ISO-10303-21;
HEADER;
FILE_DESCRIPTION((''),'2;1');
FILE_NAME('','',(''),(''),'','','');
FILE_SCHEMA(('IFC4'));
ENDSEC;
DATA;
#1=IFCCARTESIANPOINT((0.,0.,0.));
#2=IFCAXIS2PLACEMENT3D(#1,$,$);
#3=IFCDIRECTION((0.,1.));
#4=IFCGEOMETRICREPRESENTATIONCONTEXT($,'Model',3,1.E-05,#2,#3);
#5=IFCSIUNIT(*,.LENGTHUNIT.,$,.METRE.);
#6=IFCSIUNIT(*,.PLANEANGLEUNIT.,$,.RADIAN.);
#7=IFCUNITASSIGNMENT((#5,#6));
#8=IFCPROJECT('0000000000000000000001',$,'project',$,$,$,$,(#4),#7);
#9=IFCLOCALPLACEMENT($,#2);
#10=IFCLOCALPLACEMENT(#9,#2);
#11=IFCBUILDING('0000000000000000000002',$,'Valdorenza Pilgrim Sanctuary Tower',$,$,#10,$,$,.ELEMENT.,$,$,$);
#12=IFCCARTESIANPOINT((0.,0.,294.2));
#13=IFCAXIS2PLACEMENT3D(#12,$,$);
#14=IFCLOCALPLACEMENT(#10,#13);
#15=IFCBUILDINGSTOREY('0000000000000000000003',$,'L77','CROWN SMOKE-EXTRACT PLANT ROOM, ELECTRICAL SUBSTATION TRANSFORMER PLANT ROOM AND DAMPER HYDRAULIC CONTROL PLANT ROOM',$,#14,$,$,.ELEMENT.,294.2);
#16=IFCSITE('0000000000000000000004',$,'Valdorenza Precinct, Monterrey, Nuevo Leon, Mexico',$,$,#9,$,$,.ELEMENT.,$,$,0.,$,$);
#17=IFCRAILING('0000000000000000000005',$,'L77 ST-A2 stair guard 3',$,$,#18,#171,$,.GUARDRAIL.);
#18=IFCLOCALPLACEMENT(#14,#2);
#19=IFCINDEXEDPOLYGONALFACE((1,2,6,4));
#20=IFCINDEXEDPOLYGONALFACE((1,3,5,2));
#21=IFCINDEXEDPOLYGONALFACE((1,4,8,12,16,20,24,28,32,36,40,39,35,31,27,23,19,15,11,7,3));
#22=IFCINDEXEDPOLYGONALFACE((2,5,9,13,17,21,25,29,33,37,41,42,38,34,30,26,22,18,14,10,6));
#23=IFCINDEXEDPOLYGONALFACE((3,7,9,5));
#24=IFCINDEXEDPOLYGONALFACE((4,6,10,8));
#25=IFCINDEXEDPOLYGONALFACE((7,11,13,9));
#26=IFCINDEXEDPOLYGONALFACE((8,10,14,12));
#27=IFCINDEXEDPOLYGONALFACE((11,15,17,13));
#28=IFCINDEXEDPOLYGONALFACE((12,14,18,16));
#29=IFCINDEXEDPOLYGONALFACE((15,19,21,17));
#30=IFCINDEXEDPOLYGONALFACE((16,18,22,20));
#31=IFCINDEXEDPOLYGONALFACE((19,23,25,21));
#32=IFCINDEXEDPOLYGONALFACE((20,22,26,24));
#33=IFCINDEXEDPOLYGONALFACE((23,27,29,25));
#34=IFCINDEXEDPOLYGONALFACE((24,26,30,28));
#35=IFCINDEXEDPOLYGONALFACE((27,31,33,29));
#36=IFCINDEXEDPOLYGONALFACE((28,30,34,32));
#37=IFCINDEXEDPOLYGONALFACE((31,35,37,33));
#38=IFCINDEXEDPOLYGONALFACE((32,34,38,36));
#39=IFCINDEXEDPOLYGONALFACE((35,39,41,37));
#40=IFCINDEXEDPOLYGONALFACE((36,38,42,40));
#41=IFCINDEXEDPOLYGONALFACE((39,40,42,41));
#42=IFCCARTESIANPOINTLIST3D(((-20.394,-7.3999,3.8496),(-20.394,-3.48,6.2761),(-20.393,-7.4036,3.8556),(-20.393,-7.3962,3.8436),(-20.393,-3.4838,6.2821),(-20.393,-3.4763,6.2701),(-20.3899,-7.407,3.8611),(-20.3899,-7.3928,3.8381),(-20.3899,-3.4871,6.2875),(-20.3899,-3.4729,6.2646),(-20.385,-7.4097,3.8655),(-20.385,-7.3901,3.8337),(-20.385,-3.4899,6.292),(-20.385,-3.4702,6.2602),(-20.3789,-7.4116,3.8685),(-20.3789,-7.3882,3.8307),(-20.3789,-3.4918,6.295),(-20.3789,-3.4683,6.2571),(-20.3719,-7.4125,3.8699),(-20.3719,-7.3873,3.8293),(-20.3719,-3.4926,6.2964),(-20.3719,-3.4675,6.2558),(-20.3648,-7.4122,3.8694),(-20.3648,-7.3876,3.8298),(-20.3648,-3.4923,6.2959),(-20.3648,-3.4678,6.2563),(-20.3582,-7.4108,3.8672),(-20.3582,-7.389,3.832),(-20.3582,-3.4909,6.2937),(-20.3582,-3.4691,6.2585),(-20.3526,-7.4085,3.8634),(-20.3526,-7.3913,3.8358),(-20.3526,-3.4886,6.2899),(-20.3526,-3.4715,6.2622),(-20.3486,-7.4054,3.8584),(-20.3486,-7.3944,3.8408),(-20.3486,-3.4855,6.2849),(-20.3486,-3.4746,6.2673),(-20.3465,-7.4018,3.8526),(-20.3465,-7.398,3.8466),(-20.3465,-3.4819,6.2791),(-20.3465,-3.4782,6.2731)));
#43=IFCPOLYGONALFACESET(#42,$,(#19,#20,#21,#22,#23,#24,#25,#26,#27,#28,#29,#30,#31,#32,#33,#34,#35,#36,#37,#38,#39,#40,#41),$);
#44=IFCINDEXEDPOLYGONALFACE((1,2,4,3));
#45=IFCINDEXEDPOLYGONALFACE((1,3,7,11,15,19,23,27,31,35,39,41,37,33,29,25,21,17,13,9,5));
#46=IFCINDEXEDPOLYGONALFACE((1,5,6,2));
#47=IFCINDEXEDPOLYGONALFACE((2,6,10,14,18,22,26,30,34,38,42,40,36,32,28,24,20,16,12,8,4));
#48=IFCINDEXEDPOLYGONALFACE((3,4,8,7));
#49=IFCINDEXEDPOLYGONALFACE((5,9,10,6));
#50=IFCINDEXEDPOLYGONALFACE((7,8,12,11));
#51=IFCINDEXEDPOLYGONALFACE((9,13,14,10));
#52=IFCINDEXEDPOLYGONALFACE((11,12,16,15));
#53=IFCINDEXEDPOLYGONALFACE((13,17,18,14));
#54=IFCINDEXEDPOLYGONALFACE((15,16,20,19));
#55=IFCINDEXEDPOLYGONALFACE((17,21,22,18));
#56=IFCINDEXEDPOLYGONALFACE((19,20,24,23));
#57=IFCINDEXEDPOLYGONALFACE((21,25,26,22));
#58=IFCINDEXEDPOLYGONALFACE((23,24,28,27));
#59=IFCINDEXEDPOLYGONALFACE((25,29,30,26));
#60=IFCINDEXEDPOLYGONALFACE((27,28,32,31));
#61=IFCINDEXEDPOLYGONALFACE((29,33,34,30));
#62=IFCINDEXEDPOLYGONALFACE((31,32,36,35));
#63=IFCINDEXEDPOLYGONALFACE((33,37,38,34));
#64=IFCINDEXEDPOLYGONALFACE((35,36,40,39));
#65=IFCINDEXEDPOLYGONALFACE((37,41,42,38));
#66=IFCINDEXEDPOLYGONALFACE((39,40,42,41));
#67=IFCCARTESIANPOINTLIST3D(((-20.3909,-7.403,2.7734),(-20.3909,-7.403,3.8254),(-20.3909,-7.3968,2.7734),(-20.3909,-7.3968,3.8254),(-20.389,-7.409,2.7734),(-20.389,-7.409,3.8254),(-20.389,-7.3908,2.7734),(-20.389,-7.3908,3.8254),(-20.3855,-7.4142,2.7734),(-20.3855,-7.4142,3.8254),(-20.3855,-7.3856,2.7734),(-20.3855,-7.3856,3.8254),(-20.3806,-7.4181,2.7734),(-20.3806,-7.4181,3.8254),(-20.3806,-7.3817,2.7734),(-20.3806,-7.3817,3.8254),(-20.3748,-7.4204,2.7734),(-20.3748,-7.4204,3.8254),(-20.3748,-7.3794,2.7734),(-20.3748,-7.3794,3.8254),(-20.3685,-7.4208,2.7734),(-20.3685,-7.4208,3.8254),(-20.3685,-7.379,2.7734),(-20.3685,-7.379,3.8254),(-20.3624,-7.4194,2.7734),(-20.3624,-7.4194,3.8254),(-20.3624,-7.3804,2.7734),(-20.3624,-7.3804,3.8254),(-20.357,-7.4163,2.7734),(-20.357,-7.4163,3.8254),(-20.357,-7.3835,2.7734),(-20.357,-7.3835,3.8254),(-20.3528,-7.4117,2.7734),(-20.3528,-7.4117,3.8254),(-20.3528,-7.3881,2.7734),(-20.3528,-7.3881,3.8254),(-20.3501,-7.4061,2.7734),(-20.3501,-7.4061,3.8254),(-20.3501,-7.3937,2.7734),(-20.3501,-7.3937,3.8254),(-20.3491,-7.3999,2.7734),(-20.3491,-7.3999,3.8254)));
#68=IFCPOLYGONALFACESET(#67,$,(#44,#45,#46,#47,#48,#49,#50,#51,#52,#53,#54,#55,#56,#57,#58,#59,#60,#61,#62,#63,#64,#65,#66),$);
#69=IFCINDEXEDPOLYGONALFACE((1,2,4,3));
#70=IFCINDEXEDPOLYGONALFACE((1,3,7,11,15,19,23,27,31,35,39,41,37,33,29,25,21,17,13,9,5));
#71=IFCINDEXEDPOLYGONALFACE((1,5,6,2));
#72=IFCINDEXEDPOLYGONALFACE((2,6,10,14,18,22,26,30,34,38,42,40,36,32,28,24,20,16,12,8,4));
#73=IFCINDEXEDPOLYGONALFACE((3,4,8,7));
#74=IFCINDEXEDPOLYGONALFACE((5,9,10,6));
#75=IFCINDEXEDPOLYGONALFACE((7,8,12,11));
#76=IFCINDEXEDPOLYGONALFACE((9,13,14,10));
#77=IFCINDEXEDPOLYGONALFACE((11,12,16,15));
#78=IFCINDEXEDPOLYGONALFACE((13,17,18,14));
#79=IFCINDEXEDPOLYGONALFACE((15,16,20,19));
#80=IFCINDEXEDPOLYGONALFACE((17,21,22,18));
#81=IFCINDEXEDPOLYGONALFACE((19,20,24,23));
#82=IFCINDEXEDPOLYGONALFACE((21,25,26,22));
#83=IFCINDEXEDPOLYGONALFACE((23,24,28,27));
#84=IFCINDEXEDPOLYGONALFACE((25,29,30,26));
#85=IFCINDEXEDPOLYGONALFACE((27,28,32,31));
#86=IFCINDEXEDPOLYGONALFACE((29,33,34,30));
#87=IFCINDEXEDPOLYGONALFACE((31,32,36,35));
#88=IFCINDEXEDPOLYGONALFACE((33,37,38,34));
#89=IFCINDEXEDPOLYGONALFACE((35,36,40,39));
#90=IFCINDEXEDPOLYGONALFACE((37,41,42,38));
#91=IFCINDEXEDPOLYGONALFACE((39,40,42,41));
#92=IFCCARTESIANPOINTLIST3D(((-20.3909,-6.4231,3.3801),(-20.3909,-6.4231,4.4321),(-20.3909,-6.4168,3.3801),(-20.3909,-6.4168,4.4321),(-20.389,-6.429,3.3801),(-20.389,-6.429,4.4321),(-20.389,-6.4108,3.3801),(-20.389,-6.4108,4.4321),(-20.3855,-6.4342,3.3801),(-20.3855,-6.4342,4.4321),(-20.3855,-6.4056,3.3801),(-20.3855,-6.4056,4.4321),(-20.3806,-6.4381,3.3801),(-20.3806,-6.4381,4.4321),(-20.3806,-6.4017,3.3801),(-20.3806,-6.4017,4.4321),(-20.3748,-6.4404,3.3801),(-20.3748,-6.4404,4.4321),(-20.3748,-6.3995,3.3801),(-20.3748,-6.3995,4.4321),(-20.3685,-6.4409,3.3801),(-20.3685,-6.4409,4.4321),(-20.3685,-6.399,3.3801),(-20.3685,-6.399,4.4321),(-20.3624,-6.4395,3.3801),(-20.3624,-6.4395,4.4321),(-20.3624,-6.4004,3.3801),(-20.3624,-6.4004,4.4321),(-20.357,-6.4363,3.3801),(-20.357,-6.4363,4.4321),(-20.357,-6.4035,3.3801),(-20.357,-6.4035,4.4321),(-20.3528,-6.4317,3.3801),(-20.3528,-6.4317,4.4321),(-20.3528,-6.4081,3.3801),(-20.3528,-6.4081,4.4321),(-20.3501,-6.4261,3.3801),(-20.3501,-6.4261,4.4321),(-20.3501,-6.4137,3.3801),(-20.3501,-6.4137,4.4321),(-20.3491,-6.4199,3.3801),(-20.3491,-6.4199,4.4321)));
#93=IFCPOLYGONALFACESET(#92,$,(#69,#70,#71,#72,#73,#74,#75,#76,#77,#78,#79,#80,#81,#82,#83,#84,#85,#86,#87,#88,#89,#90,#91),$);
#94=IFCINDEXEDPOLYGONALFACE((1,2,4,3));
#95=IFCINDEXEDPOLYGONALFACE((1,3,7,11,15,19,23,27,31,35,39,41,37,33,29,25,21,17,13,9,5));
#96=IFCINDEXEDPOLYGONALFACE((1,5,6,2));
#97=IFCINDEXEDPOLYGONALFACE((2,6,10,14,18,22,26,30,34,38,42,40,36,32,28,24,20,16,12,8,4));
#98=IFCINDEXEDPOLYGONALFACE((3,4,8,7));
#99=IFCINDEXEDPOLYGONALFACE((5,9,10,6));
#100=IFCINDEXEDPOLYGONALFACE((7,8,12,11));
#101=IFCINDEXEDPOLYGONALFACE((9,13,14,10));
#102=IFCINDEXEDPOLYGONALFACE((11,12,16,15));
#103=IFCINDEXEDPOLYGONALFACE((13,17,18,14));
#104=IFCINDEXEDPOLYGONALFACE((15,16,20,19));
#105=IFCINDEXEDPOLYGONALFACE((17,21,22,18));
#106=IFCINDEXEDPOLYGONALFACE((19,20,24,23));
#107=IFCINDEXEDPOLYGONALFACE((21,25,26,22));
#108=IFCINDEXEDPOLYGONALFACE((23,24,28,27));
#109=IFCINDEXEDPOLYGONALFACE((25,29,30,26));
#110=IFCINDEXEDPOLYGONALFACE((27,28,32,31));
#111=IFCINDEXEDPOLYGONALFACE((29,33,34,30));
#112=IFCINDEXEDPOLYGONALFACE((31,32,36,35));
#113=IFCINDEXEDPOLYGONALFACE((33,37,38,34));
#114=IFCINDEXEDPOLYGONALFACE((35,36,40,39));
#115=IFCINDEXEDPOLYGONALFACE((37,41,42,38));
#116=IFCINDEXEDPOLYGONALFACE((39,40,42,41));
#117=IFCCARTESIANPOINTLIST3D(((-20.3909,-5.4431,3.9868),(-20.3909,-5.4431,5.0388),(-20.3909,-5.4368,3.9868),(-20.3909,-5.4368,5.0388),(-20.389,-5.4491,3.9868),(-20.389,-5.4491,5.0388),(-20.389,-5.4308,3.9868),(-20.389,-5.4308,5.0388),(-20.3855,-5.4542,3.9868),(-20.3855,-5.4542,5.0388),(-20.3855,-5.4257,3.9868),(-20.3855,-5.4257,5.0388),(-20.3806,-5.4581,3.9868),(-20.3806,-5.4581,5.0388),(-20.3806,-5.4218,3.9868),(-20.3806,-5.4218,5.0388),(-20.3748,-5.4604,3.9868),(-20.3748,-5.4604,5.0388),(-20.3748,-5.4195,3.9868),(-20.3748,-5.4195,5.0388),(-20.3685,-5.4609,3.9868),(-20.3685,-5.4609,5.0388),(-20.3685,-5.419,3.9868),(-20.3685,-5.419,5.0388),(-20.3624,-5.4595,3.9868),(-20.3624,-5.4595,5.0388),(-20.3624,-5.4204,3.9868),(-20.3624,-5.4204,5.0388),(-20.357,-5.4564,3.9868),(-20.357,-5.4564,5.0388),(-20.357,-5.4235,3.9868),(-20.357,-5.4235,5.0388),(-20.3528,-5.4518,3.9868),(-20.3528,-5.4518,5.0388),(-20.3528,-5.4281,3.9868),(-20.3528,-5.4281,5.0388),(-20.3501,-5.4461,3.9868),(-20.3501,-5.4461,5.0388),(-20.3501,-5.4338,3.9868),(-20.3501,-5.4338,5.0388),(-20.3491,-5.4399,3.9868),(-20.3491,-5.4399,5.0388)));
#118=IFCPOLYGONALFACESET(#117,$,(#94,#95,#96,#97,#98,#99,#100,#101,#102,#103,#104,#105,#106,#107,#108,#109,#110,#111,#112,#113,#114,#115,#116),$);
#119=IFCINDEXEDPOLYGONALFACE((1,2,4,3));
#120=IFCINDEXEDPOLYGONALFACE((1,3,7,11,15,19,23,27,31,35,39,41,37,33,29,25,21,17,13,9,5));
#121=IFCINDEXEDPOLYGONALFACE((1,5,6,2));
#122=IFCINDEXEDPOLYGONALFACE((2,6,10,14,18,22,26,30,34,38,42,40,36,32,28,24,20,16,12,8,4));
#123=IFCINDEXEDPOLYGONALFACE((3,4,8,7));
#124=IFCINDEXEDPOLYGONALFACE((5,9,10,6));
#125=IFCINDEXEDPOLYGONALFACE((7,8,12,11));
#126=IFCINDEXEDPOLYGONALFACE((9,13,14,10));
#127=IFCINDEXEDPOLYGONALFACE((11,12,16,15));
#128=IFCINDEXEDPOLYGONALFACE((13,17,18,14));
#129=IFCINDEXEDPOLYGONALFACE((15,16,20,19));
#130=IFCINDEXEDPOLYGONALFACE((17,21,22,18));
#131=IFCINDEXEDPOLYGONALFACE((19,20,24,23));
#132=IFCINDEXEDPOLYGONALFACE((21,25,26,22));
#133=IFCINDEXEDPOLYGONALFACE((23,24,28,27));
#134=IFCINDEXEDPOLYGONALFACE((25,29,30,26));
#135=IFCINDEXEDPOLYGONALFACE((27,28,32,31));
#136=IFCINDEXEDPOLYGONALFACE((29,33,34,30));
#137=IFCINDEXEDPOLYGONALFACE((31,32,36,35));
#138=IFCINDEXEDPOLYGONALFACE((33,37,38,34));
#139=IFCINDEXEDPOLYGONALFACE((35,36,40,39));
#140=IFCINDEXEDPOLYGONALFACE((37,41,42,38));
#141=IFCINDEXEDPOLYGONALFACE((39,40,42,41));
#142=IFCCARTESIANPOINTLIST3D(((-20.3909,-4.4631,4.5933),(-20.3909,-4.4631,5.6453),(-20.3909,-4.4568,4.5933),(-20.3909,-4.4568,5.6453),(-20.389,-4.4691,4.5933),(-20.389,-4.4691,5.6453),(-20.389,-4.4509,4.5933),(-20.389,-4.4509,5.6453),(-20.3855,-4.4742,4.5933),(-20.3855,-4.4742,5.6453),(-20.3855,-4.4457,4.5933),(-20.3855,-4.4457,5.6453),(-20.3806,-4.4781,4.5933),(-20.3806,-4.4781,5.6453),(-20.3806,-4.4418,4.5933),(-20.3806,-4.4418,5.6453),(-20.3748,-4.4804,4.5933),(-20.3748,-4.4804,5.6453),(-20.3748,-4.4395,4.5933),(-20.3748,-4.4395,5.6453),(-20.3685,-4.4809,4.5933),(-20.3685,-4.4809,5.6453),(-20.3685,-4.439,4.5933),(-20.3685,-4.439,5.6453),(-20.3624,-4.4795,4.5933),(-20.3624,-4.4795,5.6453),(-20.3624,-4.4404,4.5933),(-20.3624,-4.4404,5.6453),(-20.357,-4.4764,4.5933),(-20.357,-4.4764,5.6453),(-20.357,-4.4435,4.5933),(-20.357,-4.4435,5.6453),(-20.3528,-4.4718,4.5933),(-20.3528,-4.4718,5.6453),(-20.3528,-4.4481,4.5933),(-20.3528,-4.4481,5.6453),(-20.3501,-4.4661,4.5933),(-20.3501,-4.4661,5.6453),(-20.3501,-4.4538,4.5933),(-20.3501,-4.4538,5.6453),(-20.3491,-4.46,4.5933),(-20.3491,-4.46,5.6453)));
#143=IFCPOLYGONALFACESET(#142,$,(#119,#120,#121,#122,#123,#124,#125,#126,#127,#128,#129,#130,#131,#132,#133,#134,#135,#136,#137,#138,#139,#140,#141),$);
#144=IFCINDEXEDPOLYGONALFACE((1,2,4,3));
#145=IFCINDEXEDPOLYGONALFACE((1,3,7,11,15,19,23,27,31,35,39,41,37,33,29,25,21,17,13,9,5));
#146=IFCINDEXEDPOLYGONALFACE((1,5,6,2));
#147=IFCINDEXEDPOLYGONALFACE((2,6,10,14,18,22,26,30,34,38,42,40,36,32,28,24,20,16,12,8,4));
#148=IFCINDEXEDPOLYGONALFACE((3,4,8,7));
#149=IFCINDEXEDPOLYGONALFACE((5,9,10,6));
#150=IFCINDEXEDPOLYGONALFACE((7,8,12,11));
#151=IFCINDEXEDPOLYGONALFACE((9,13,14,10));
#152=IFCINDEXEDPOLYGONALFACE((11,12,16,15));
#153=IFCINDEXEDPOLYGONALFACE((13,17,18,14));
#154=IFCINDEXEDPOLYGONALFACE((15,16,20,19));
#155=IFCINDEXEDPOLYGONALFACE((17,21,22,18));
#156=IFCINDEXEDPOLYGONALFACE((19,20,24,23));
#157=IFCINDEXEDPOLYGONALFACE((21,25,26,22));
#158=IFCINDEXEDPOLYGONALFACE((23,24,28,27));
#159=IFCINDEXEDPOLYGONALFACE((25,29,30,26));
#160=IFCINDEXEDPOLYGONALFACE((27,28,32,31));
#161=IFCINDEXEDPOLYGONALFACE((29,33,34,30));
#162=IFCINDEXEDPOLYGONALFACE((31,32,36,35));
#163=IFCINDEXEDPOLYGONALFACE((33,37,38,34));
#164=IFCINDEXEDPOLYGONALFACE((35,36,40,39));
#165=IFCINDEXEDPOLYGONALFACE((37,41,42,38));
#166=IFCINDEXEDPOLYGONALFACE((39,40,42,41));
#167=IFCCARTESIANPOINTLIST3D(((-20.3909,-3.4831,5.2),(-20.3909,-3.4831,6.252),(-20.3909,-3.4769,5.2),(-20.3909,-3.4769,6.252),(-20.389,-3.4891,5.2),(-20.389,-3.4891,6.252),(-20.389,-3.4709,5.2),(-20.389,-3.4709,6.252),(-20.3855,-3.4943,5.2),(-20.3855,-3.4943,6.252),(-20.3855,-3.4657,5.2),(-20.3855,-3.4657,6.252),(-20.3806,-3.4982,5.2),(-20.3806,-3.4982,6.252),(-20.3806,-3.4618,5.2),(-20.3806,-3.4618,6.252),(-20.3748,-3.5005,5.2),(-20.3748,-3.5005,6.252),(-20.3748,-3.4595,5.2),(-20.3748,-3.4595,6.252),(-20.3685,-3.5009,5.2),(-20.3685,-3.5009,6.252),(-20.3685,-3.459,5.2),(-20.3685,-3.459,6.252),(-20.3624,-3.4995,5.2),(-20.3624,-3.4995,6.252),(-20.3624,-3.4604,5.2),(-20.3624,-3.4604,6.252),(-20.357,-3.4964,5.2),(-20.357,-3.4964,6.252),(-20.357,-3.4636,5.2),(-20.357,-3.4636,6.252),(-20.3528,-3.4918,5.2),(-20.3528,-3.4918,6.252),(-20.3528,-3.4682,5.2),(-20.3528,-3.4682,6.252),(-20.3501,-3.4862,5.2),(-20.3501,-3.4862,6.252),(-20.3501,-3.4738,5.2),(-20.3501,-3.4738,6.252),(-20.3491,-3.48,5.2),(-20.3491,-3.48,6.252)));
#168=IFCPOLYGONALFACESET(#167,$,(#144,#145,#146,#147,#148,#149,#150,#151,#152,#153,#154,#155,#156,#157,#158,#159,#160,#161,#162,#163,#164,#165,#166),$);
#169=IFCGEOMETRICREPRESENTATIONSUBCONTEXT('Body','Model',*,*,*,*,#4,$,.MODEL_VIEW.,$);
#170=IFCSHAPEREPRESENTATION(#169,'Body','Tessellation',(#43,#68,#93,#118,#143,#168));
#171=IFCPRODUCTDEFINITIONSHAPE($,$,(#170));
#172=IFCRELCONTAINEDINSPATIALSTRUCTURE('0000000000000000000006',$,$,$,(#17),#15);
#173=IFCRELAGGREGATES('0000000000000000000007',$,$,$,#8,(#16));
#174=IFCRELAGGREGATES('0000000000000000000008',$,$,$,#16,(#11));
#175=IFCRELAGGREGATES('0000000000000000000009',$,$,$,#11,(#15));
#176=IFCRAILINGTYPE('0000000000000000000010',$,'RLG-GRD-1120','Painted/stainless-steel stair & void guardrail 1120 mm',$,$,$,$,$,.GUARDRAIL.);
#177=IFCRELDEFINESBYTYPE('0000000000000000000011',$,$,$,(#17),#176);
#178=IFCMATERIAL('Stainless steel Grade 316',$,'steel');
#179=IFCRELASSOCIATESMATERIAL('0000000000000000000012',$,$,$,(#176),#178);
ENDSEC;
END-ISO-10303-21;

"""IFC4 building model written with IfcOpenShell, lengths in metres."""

from ifc_helpers import new_model, si_unit, direction, frame, origin, origin_2d, place, context, subcontext, project, spatial, circle, extrude, material, type_object, element, save


model = new_model("IFC4")

# Units and contexts
model_context = context("Model", 3, precision=1e-05, world=origin(), true_north=direction((0.0, 1.0)))
body_context = subcontext(model_context, "Body", "Model", "MODEL_VIEW")
ifc_project = project(units=[si_unit("LENGTHUNIT", "METRE"), si_unit("PLANEANGLEUNIT", "RADIAN")], contexts=[model_context])

# Site, building, storey
site_placement = place(None, origin())
site = spatial("IfcSite", under=ifc_project, at=site_placement, Name="Valdorenza Precinct, Monterrey, Nuevo Leon, Mexico", CompositionType="ELEMENT", RefElevation=0.0)
building_placement = place(site_placement, origin())
building = spatial("IfcBuilding", under=site, at=building_placement, Name="Valdorenza Pilgrim Sanctuary Tower", CompositionType="ELEMENT")
storey_placement = place(building_placement, frame((0.0, 0.0, 294.2)))
storey = spatial("IfcBuildingStorey", under=building, at=storey_placement, Name="L77", Description="CROWN SMOKE-EXTRACT PLANT ROOM, ELECTRICAL SUBSTATION TRANSFORMER PLANT ROOM AND DAMPER HYDRAULIC CONTROL PLANT ROOM", CompositionType="ELEMENT", Elevation=294.2)

# Railing
ifc_material_1 = material(Name="Stainless steel Grade 316", Category="steel")
railing_type_1 = type_object("IfcRailingType", Name="RLG-GRD-1120", Description="Painted/stainless-steel stair & void guardrail 1120 mm", PredefinedType="GUARDRAIL", material=ifc_material_1)
railing_1_placement = place(storey_placement, frame((-20.3701, -7.3999, 2.7734)))
element("IfcRailing", 1, at=railing_1_placement, inside=storey, type_object=railing_type_1, Name="L77 ST-A2 stair guard 3", PredefinedType="GUARDRAIL", context=body_context, shape_type="SweptSolid", body=[
    extrude(circle(Radius=0.0239, at=origin_2d()), frame((0.0, 0.0, 1.0762), z_axis=(0.0, 0.850275, 0.526338), x_axis=(-1.0, 0.0, 0.0)), (0.0, 0.0, 1.0), 4.6101),
    extrude(circle(Radius=0.021, at=origin_2d()), origin(), (0.0, 0.0, 1.0), 1.052),
    extrude(circle(Radius=0.021, at=origin_2d()), frame((0.0, 0.98, 0.6067)), (0.0, 0.0, 1.0), 1.052),
    extrude(circle(Radius=0.021, at=origin_2d()), frame((0.0, 1.96, 1.2134)), (0.0, 0.0, 1.0), 1.052),
    extrude(circle(Radius=0.021, at=origin_2d()), frame((0.0, 2.9399, 1.8198)), (0.0, 0.0, 1.0), 1.052),
    extrude(circle(Radius=0.021, at=origin_2d()), frame((0.0, 3.9199, 2.4265)), (0.0, 0.0, 1.0), 1.052),
])

save(model, "model.ifc")
